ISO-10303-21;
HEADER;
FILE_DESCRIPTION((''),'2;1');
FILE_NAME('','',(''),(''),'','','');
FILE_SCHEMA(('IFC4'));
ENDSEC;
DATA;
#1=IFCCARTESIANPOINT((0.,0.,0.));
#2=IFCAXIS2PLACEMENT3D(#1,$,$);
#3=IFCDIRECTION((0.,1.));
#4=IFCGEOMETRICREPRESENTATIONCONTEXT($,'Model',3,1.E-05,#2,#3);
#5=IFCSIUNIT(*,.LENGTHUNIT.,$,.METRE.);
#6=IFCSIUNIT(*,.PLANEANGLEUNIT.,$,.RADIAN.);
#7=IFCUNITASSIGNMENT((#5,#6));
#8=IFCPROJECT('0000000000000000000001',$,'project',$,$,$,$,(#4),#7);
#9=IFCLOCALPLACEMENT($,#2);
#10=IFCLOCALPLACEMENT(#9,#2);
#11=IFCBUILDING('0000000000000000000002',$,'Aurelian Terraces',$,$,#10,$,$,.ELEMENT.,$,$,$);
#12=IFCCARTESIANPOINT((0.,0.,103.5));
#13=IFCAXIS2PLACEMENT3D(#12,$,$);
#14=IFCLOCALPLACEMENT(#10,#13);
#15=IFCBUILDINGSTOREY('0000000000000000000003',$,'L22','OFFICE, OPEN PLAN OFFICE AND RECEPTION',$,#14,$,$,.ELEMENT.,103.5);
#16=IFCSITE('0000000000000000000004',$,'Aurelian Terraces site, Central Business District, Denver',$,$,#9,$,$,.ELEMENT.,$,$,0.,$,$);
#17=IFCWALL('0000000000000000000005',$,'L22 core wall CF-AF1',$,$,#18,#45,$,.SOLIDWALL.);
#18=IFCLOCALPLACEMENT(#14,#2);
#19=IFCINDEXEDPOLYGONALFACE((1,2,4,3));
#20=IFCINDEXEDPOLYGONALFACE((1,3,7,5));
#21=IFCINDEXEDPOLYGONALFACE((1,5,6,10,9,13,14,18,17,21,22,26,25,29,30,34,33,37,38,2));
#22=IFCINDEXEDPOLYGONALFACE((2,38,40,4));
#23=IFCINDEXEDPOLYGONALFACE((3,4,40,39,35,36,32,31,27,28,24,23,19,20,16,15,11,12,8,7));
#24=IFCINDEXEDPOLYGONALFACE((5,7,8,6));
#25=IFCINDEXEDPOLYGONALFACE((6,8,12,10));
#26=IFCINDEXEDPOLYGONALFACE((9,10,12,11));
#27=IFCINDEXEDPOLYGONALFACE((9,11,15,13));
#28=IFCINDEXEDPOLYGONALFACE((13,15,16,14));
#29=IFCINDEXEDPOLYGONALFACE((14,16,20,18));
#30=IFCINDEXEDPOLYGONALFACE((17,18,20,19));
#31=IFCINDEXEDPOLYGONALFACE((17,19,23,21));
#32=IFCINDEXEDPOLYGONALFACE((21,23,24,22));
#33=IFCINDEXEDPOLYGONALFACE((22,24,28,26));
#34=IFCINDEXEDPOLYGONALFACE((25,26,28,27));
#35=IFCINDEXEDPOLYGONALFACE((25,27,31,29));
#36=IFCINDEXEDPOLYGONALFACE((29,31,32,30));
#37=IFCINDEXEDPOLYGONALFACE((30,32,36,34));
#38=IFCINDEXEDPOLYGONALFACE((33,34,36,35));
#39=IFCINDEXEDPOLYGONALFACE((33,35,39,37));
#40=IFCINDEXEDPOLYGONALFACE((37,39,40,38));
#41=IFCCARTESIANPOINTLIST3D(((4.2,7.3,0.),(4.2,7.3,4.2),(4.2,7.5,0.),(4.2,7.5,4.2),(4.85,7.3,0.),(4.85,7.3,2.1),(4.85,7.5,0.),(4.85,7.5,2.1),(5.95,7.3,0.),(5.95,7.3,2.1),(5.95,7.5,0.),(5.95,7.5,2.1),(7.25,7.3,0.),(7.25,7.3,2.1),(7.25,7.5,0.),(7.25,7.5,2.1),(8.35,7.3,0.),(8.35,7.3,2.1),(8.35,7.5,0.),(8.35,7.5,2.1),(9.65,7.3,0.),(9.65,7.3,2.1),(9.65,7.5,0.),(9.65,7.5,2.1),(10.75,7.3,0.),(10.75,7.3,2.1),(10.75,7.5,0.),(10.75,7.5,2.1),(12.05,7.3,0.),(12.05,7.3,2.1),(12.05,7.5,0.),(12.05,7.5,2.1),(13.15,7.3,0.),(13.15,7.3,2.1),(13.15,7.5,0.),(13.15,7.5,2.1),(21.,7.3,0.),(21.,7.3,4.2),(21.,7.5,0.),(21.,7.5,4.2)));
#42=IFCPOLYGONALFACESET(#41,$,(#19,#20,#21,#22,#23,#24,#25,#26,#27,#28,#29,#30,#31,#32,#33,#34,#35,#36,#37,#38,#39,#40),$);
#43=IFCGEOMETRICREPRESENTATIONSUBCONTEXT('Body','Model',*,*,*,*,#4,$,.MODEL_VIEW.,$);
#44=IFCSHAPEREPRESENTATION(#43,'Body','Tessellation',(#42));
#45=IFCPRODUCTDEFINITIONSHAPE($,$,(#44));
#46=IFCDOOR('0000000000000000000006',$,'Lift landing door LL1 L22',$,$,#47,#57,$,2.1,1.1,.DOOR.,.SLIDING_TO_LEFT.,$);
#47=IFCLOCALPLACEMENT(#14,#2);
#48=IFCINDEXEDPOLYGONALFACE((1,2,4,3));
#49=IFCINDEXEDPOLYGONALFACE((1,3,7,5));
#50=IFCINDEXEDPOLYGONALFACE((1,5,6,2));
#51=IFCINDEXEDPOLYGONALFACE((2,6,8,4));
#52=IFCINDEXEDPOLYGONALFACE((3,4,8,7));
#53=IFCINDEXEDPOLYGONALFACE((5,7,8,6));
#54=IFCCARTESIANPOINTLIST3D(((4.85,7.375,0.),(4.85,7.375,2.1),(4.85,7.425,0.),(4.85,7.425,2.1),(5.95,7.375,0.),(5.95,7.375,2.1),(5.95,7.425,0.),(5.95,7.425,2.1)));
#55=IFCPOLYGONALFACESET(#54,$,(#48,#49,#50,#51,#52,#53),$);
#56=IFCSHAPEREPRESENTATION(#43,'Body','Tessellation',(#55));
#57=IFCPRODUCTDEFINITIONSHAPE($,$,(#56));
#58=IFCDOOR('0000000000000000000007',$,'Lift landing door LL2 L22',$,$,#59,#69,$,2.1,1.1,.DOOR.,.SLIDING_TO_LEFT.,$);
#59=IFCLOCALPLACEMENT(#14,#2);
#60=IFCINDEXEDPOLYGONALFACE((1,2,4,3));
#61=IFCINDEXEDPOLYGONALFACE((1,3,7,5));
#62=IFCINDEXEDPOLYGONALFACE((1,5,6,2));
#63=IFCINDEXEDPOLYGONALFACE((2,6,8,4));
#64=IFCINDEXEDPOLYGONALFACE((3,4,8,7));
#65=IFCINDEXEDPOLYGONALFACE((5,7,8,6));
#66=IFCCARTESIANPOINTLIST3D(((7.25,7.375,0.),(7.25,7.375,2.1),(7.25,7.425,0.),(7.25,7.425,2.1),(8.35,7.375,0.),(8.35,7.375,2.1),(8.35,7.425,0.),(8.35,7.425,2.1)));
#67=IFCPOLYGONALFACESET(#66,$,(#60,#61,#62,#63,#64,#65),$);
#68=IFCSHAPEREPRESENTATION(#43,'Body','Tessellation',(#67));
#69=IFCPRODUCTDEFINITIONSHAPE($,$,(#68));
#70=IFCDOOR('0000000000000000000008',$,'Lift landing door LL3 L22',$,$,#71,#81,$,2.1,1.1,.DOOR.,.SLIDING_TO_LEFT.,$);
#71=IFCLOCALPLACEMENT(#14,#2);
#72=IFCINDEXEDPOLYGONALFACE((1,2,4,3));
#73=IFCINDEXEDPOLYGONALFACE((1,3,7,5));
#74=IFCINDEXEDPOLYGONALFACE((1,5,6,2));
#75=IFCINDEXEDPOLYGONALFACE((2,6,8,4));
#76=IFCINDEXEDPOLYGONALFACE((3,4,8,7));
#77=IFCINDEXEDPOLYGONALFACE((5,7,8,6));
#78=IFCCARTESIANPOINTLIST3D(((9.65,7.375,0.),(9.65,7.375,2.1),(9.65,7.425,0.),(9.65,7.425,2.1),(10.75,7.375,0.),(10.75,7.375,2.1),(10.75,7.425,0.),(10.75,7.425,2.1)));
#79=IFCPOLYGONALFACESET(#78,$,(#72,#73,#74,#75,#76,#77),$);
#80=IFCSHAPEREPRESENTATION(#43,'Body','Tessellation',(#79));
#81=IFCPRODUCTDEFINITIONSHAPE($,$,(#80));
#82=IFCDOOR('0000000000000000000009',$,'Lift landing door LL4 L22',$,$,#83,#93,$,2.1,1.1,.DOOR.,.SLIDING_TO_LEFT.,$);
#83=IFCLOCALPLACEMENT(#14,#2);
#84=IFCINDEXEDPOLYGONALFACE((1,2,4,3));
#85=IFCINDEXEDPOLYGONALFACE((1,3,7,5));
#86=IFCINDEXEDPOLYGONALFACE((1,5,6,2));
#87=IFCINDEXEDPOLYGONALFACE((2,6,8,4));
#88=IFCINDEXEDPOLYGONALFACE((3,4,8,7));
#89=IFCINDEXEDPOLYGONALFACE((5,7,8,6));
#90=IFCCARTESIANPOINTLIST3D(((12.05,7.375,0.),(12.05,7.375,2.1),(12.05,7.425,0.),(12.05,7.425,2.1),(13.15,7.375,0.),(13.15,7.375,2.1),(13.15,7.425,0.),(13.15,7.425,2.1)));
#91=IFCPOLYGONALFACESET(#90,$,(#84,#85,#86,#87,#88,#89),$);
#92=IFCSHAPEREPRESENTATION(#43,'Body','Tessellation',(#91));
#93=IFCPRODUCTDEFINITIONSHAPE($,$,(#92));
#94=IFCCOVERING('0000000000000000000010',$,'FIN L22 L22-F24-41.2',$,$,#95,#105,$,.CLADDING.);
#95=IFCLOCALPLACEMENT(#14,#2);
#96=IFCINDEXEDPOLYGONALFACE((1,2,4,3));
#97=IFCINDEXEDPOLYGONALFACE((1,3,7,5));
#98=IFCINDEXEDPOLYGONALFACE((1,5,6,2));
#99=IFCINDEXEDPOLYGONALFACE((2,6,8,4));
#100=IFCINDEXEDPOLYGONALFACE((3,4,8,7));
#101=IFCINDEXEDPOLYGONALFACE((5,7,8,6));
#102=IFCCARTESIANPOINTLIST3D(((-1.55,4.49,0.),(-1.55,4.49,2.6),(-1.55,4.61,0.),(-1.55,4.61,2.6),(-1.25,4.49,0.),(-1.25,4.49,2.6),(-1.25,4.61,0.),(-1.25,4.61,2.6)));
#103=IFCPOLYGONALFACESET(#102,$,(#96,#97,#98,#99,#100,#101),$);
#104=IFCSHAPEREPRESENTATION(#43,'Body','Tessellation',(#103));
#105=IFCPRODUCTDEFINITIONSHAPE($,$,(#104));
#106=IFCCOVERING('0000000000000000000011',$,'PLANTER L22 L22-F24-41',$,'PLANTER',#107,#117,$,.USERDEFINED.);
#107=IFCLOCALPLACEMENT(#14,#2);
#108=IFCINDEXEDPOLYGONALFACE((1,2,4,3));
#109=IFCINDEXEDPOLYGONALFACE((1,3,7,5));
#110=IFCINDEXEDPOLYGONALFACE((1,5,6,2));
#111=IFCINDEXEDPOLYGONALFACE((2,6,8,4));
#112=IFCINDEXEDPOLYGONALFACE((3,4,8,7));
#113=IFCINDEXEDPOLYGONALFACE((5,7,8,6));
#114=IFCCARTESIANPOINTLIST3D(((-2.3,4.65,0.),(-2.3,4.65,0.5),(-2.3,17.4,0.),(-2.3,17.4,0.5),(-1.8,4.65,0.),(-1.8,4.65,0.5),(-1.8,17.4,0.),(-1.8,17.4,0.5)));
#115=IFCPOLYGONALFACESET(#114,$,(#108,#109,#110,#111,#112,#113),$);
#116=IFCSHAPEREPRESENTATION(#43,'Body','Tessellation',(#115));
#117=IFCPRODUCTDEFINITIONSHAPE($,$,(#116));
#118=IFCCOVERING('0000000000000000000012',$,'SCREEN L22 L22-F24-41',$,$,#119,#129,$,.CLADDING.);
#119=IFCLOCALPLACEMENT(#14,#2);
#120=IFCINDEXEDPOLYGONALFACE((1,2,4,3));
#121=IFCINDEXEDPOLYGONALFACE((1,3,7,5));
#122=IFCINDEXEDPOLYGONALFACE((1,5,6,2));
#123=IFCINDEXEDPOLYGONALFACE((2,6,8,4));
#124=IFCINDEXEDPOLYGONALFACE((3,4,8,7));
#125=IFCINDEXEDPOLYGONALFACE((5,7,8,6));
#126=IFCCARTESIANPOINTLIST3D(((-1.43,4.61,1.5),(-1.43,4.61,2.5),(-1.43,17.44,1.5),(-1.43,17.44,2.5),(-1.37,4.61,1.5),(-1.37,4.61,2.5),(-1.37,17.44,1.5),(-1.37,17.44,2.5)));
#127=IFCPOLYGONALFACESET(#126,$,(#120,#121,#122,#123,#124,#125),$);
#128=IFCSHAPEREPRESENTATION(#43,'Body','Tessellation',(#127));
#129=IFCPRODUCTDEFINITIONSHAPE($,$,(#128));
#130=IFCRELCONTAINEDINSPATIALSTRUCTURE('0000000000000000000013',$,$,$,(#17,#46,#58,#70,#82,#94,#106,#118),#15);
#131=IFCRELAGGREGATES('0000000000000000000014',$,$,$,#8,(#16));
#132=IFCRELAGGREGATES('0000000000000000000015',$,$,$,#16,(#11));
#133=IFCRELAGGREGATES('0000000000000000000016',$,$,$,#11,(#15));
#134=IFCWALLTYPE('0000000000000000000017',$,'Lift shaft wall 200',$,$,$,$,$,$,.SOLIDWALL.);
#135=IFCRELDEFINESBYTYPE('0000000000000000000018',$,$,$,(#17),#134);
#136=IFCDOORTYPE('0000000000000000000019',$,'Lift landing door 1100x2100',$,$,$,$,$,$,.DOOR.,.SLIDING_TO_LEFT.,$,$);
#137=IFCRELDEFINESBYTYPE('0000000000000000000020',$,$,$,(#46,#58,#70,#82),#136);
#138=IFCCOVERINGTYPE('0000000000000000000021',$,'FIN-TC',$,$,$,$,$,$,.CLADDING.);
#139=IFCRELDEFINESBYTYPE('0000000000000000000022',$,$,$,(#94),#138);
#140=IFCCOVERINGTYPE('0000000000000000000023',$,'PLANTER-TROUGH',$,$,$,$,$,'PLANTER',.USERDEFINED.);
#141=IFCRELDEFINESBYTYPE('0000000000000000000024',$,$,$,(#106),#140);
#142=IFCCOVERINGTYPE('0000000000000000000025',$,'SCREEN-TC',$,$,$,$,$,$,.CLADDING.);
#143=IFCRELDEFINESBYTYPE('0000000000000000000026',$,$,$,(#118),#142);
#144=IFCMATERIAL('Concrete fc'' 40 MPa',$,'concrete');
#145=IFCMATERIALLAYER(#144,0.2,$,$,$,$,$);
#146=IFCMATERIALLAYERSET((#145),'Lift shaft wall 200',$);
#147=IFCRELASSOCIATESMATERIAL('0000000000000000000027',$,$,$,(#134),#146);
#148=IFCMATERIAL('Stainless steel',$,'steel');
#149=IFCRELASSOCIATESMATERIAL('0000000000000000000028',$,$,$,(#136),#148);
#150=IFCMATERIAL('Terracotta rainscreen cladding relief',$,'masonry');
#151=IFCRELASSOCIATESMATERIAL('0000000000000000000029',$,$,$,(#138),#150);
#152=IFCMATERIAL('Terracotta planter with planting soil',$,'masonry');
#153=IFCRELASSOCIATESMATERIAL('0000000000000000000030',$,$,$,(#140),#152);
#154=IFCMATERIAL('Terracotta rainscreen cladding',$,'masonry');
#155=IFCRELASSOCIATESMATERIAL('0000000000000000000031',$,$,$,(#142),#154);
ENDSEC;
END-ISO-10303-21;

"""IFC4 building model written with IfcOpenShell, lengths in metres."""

from ifc_helpers import new_model, si_unit, direction, frame, frame_2d, origin, origin_2d, place, context, subcontext, project, spatial, rectangle, extrude, source, transform, mapped, material, layer, layer_set, type_object, element, fill, save


model = new_model("IFC4")

# Units and contexts
model_context = context("Model", 3, precision=1e-05, world=origin(), true_north=direction((0.0, 1.0)))
body_context = subcontext(model_context, "Body", "Model", "MODEL_VIEW")
ifc_project = project(units=[si_unit("LENGTHUNIT", "METRE"), si_unit("PLANEANGLEUNIT", "RADIAN")], contexts=[model_context])

# Site, building, storey
site_placement = place(None, origin())
site = spatial("IfcSite", under=ifc_project, at=site_placement, Name="Aurelian Terraces site, Central Business District, Denver", CompositionType="ELEMENT", RefElevation=0.0)
building_placement = place(site_placement, origin())
building = spatial("IfcBuilding", under=site, at=building_placement, Name="Aurelian Terraces", CompositionType="ELEMENT")
storey_placement = place(building_placement, frame((0.0, 0.0, 103.5)))
storey = spatial("IfcBuildingStorey", under=building, at=storey_placement, Name="L22", Description="OFFICE, OPEN PLAN OFFICE AND RECEPTION", CompositionType="ELEMENT", Elevation=103.5)

# Shared definitions
ifc_material_1 = material(Name="Terracotta rainscreen cladding", Category="masonry")

# Wall, openings, doors
ifc_material_2 = material(Name="Concrete fc' 40 MPa", Category="concrete")
ifc_layer_1 = layer(ifc_material_2, 0.2)
ifc_layer_set_1 = layer_set([ifc_layer_1], Name="Lift shaft wall 200")
wall_type_1 = type_object("IfcWallType", Name="Lift shaft wall 200", PredefinedType="SOLIDWALL", material=ifc_layer_set_1)
shared_shape_1 = source(origin(), body_context, "Body", "SweptSolid", [
    extrude(rectangle(XDim=16.8, YDim=0.2, at=frame_2d((8.4, 0.0))), origin(), (0.0, 0.0, 1.0), 4.2),
])
wall_1_placement = place(storey_placement, frame((4.2, 7.4, 0.0), z_axis=(0.0, 0.0, 1.0), x_axis=(1.0, 0.0, 0.0)))
wall_1 = element("IfcWall", 1, at=wall_1_placement, inside=storey, type_object=wall_type_1, Name="L22 core wall CF-AF1", PredefinedType="SOLIDWALL", context=body_context, shape_type="MappedRepresentation", body=[
    mapped(shared_shape_1, transform((0.0, 0.0, 0.0), scale=1.0)),
])
shared_shape_2 = source(origin(), body_context, "Body", "SweptSolid", [
    extrude(rectangle(XDim=1.1, YDim=2.1, at=frame_2d((0.55, 1.05))), frame((0.0, 0.11, 0.0), z_axis=(0.0, -1.0, 0.0), x_axis=(1.0, 0.0, 0.0)), (0.0, 0.0, 1.0), 0.22),
])
opening_1_placement = place(wall_1_placement, frame((0.65, 0.0, 0.0)))
opening_1 = element("IfcOpeningElement", 2, at=opening_1_placement, cuts=wall_1, PredefinedType="OPENING", context=body_context, shape_type="MappedRepresentation", body=[
    mapped(shared_shape_2, transform((0.0, 0.0, 0.0), scale=1.0)),
])
opening_2_placement = place(wall_1_placement, frame((3.05, 0.0, 0.0)))
opening_2 = element("IfcOpeningElement", 3, at=opening_2_placement, cuts=wall_1, PredefinedType="OPENING", context=body_context, shape_type="MappedRepresentation", body=[
    mapped(shared_shape_2, transform((0.0, 0.0, 0.0), scale=1.0)),
])
opening_3_placement = place(wall_1_placement, frame((5.45, 0.0, 0.0)))
opening_3 = element("IfcOpeningElement", 4, at=opening_3_placement, cuts=wall_1, PredefinedType="OPENING", context=body_context, shape_type="MappedRepresentation", body=[
    mapped(shared_shape_2, transform((0.0, 0.0, 0.0), scale=1.0)),
])
opening_4_placement = place(wall_1_placement, frame((7.85, 0.0, 0.0)))
opening_4 = element("IfcOpeningElement", 5, at=opening_4_placement, cuts=wall_1, PredefinedType="OPENING", context=body_context, shape_type="MappedRepresentation", body=[
    mapped(shared_shape_2, transform((0.0, 0.0, 0.0), scale=1.0)),
])
ifc_material_3 = material(Name="Stainless steel", Category="steel")
door_type_1 = type_object("IfcDoorType", Name="Lift landing door 1100x2100", OperationType="SLIDING_TO_LEFT", PredefinedType="DOOR", material=ifc_material_3)
shared_shape_3 = source(origin(), body_context, "Body", "SweptSolid", [
    extrude(rectangle(XDim=1.1, YDim=2.1, at=frame_2d((0.55, 1.05))), frame((0.0, 0.025, 0.0), z_axis=(0.0, -1.0, 0.0), x_axis=(1.0, 0.0, 0.0)), (0.0, 0.0, 1.0), 0.05),
])
door_1_placement = place(opening_1_placement, origin())
door_1 = element("IfcDoor", 6, at=door_1_placement, inside=storey, type_object=door_type_1, Name="Lift landing door LL1 L22", OperationType="SLIDING_TO_LEFT", OverallHeight=2.1, OverallWidth=1.1, PredefinedType="DOOR", context=body_context, shape_type="MappedRepresentation", body=[
    mapped(shared_shape_3, transform((0.0, 0.0, 0.0), scale=1.0)),
])
fill(opening_1, door_1)
door_2_placement = place(opening_2_placement, origin())
door_2 = element("IfcDoor", 7, at=door_2_placement, inside=storey, type_object=door_type_1, Name="Lift landing door LL2 L22", OperationType="SLIDING_TO_LEFT", OverallHeight=2.1, OverallWidth=1.1, PredefinedType="DOOR", context=body_context, shape_type="MappedRepresentation", body=[
    mapped(shared_shape_3, transform((0.0, 0.0, 0.0), scale=1.0)),
])
fill(opening_2, door_2)
door_3_placement = place(opening_3_placement, origin())
door_3 = element("IfcDoor", 8, at=door_3_placement, inside=storey, type_object=door_type_1, Name="Lift landing door LL3 L22", OperationType="SLIDING_TO_LEFT", OverallHeight=2.1, OverallWidth=1.1, PredefinedType="DOOR", context=body_context, shape_type="MappedRepresentation", body=[
    mapped(shared_shape_3, transform((0.0, 0.0, 0.0), scale=1.0)),
])
fill(opening_3, door_3)
door_4_placement = place(opening_4_placement, origin())
door_4 = element("IfcDoor", 9, at=door_4_placement, inside=storey, type_object=door_type_1, Name="Lift landing door LL4 L22", OperationType="SLIDING_TO_LEFT", OverallHeight=2.1, OverallWidth=1.1, PredefinedType="DOOR", context=body_context, shape_type="MappedRepresentation", body=[
    mapped(shared_shape_3, transform((0.0, 0.0, 0.0), scale=1.0)),
])
fill(opening_4, door_4)

# Coverings
ifc_material_4 = material(Name="Terracotta rainscreen cladding relief", Category="masonry")
covering_type_1 = type_object("IfcCoveringType", Name="FIN-TC", PredefinedType="CLADDING", material=ifc_material_4)
shared_shape_4 = source(origin(), body_context, "Body", "SweptSolid", [
    extrude(rectangle(XDim=0.3, YDim=0.12, at=origin_2d()), origin(), (0.0, 0.0, 1.0), 2.6),
])
covering_1_placement = place(storey_placement, frame((-1.4, 4.55, 0.0), z_axis=(0.0, 0.0, 1.0), x_axis=(1.0, 0.0, 0.0)))
element("IfcCovering", 10, at=covering_1_placement, inside=storey, type_object=covering_type_1, Name="FIN L22 L22-F24-41.2", PredefinedType="CLADDING", context=body_context, shape_type="MappedRepresentation", body=[
    mapped(shared_shape_4, transform((0.0, 0.0, 0.0), scale=1.0)),
])
ifc_material_5 = material(Name="Terracotta planter with planting soil", Category="masonry")
covering_type_2 = type_object("IfcCoveringType", Name="PLANTER-TROUGH", ElementType="PLANTER", PredefinedType="USERDEFINED", material=ifc_material_5)
shared_shape_5 = source(origin(), body_context, "Body", "SweptSolid", [
    extrude(rectangle(XDim=0.5, YDim=12.75, at=origin_2d()), origin(), (0.0, 0.0, 1.0), 0.5),
])
covering_2_placement = place(storey_placement, frame((-2.05, 11.025, 0.0), z_axis=(0.0, 0.0, 1.0), x_axis=(1.0, 0.0, 0.0)))
element("IfcCovering", 11, at=covering_2_placement, inside=storey, type_object=covering_type_2, Name="PLANTER L22 L22-F24-41", ObjectType="PLANTER", PredefinedType="USERDEFINED", context=body_context, shape_type="MappedRepresentation", body=[
    mapped(shared_shape_5, transform((0.0, 0.0, 0.0), scale=1.0)),
])
covering_type_3 = type_object("IfcCoveringType", Name="SCREEN-TC", PredefinedType="CLADDING", material=ifc_material_1)
shared_shape_6 = source(origin(), body_context, "Body", "SweptSolid", [
    extrude(rectangle(XDim=0.06, YDim=12.83, at=origin_2d()), origin(), (0.0, 0.0, 1.0), 1.0),
])
covering_3_placement = place(storey_placement, frame((-1.4, 11.025, 1.5), z_axis=(0.0, 0.0, 1.0), x_axis=(1.0, 0.0, 0.0)))
element("IfcCovering", 12, at=covering_3_placement, inside=storey, type_object=covering_type_3, Name="SCREEN L22 L22-F24-41", PredefinedType="CLADDING", context=body_context, shape_type="MappedRepresentation", body=[
    mapped(shared_shape_6, transform((0.0, 0.0, 0.0), scale=1.0)),
])

save(model, "model.ifc")
